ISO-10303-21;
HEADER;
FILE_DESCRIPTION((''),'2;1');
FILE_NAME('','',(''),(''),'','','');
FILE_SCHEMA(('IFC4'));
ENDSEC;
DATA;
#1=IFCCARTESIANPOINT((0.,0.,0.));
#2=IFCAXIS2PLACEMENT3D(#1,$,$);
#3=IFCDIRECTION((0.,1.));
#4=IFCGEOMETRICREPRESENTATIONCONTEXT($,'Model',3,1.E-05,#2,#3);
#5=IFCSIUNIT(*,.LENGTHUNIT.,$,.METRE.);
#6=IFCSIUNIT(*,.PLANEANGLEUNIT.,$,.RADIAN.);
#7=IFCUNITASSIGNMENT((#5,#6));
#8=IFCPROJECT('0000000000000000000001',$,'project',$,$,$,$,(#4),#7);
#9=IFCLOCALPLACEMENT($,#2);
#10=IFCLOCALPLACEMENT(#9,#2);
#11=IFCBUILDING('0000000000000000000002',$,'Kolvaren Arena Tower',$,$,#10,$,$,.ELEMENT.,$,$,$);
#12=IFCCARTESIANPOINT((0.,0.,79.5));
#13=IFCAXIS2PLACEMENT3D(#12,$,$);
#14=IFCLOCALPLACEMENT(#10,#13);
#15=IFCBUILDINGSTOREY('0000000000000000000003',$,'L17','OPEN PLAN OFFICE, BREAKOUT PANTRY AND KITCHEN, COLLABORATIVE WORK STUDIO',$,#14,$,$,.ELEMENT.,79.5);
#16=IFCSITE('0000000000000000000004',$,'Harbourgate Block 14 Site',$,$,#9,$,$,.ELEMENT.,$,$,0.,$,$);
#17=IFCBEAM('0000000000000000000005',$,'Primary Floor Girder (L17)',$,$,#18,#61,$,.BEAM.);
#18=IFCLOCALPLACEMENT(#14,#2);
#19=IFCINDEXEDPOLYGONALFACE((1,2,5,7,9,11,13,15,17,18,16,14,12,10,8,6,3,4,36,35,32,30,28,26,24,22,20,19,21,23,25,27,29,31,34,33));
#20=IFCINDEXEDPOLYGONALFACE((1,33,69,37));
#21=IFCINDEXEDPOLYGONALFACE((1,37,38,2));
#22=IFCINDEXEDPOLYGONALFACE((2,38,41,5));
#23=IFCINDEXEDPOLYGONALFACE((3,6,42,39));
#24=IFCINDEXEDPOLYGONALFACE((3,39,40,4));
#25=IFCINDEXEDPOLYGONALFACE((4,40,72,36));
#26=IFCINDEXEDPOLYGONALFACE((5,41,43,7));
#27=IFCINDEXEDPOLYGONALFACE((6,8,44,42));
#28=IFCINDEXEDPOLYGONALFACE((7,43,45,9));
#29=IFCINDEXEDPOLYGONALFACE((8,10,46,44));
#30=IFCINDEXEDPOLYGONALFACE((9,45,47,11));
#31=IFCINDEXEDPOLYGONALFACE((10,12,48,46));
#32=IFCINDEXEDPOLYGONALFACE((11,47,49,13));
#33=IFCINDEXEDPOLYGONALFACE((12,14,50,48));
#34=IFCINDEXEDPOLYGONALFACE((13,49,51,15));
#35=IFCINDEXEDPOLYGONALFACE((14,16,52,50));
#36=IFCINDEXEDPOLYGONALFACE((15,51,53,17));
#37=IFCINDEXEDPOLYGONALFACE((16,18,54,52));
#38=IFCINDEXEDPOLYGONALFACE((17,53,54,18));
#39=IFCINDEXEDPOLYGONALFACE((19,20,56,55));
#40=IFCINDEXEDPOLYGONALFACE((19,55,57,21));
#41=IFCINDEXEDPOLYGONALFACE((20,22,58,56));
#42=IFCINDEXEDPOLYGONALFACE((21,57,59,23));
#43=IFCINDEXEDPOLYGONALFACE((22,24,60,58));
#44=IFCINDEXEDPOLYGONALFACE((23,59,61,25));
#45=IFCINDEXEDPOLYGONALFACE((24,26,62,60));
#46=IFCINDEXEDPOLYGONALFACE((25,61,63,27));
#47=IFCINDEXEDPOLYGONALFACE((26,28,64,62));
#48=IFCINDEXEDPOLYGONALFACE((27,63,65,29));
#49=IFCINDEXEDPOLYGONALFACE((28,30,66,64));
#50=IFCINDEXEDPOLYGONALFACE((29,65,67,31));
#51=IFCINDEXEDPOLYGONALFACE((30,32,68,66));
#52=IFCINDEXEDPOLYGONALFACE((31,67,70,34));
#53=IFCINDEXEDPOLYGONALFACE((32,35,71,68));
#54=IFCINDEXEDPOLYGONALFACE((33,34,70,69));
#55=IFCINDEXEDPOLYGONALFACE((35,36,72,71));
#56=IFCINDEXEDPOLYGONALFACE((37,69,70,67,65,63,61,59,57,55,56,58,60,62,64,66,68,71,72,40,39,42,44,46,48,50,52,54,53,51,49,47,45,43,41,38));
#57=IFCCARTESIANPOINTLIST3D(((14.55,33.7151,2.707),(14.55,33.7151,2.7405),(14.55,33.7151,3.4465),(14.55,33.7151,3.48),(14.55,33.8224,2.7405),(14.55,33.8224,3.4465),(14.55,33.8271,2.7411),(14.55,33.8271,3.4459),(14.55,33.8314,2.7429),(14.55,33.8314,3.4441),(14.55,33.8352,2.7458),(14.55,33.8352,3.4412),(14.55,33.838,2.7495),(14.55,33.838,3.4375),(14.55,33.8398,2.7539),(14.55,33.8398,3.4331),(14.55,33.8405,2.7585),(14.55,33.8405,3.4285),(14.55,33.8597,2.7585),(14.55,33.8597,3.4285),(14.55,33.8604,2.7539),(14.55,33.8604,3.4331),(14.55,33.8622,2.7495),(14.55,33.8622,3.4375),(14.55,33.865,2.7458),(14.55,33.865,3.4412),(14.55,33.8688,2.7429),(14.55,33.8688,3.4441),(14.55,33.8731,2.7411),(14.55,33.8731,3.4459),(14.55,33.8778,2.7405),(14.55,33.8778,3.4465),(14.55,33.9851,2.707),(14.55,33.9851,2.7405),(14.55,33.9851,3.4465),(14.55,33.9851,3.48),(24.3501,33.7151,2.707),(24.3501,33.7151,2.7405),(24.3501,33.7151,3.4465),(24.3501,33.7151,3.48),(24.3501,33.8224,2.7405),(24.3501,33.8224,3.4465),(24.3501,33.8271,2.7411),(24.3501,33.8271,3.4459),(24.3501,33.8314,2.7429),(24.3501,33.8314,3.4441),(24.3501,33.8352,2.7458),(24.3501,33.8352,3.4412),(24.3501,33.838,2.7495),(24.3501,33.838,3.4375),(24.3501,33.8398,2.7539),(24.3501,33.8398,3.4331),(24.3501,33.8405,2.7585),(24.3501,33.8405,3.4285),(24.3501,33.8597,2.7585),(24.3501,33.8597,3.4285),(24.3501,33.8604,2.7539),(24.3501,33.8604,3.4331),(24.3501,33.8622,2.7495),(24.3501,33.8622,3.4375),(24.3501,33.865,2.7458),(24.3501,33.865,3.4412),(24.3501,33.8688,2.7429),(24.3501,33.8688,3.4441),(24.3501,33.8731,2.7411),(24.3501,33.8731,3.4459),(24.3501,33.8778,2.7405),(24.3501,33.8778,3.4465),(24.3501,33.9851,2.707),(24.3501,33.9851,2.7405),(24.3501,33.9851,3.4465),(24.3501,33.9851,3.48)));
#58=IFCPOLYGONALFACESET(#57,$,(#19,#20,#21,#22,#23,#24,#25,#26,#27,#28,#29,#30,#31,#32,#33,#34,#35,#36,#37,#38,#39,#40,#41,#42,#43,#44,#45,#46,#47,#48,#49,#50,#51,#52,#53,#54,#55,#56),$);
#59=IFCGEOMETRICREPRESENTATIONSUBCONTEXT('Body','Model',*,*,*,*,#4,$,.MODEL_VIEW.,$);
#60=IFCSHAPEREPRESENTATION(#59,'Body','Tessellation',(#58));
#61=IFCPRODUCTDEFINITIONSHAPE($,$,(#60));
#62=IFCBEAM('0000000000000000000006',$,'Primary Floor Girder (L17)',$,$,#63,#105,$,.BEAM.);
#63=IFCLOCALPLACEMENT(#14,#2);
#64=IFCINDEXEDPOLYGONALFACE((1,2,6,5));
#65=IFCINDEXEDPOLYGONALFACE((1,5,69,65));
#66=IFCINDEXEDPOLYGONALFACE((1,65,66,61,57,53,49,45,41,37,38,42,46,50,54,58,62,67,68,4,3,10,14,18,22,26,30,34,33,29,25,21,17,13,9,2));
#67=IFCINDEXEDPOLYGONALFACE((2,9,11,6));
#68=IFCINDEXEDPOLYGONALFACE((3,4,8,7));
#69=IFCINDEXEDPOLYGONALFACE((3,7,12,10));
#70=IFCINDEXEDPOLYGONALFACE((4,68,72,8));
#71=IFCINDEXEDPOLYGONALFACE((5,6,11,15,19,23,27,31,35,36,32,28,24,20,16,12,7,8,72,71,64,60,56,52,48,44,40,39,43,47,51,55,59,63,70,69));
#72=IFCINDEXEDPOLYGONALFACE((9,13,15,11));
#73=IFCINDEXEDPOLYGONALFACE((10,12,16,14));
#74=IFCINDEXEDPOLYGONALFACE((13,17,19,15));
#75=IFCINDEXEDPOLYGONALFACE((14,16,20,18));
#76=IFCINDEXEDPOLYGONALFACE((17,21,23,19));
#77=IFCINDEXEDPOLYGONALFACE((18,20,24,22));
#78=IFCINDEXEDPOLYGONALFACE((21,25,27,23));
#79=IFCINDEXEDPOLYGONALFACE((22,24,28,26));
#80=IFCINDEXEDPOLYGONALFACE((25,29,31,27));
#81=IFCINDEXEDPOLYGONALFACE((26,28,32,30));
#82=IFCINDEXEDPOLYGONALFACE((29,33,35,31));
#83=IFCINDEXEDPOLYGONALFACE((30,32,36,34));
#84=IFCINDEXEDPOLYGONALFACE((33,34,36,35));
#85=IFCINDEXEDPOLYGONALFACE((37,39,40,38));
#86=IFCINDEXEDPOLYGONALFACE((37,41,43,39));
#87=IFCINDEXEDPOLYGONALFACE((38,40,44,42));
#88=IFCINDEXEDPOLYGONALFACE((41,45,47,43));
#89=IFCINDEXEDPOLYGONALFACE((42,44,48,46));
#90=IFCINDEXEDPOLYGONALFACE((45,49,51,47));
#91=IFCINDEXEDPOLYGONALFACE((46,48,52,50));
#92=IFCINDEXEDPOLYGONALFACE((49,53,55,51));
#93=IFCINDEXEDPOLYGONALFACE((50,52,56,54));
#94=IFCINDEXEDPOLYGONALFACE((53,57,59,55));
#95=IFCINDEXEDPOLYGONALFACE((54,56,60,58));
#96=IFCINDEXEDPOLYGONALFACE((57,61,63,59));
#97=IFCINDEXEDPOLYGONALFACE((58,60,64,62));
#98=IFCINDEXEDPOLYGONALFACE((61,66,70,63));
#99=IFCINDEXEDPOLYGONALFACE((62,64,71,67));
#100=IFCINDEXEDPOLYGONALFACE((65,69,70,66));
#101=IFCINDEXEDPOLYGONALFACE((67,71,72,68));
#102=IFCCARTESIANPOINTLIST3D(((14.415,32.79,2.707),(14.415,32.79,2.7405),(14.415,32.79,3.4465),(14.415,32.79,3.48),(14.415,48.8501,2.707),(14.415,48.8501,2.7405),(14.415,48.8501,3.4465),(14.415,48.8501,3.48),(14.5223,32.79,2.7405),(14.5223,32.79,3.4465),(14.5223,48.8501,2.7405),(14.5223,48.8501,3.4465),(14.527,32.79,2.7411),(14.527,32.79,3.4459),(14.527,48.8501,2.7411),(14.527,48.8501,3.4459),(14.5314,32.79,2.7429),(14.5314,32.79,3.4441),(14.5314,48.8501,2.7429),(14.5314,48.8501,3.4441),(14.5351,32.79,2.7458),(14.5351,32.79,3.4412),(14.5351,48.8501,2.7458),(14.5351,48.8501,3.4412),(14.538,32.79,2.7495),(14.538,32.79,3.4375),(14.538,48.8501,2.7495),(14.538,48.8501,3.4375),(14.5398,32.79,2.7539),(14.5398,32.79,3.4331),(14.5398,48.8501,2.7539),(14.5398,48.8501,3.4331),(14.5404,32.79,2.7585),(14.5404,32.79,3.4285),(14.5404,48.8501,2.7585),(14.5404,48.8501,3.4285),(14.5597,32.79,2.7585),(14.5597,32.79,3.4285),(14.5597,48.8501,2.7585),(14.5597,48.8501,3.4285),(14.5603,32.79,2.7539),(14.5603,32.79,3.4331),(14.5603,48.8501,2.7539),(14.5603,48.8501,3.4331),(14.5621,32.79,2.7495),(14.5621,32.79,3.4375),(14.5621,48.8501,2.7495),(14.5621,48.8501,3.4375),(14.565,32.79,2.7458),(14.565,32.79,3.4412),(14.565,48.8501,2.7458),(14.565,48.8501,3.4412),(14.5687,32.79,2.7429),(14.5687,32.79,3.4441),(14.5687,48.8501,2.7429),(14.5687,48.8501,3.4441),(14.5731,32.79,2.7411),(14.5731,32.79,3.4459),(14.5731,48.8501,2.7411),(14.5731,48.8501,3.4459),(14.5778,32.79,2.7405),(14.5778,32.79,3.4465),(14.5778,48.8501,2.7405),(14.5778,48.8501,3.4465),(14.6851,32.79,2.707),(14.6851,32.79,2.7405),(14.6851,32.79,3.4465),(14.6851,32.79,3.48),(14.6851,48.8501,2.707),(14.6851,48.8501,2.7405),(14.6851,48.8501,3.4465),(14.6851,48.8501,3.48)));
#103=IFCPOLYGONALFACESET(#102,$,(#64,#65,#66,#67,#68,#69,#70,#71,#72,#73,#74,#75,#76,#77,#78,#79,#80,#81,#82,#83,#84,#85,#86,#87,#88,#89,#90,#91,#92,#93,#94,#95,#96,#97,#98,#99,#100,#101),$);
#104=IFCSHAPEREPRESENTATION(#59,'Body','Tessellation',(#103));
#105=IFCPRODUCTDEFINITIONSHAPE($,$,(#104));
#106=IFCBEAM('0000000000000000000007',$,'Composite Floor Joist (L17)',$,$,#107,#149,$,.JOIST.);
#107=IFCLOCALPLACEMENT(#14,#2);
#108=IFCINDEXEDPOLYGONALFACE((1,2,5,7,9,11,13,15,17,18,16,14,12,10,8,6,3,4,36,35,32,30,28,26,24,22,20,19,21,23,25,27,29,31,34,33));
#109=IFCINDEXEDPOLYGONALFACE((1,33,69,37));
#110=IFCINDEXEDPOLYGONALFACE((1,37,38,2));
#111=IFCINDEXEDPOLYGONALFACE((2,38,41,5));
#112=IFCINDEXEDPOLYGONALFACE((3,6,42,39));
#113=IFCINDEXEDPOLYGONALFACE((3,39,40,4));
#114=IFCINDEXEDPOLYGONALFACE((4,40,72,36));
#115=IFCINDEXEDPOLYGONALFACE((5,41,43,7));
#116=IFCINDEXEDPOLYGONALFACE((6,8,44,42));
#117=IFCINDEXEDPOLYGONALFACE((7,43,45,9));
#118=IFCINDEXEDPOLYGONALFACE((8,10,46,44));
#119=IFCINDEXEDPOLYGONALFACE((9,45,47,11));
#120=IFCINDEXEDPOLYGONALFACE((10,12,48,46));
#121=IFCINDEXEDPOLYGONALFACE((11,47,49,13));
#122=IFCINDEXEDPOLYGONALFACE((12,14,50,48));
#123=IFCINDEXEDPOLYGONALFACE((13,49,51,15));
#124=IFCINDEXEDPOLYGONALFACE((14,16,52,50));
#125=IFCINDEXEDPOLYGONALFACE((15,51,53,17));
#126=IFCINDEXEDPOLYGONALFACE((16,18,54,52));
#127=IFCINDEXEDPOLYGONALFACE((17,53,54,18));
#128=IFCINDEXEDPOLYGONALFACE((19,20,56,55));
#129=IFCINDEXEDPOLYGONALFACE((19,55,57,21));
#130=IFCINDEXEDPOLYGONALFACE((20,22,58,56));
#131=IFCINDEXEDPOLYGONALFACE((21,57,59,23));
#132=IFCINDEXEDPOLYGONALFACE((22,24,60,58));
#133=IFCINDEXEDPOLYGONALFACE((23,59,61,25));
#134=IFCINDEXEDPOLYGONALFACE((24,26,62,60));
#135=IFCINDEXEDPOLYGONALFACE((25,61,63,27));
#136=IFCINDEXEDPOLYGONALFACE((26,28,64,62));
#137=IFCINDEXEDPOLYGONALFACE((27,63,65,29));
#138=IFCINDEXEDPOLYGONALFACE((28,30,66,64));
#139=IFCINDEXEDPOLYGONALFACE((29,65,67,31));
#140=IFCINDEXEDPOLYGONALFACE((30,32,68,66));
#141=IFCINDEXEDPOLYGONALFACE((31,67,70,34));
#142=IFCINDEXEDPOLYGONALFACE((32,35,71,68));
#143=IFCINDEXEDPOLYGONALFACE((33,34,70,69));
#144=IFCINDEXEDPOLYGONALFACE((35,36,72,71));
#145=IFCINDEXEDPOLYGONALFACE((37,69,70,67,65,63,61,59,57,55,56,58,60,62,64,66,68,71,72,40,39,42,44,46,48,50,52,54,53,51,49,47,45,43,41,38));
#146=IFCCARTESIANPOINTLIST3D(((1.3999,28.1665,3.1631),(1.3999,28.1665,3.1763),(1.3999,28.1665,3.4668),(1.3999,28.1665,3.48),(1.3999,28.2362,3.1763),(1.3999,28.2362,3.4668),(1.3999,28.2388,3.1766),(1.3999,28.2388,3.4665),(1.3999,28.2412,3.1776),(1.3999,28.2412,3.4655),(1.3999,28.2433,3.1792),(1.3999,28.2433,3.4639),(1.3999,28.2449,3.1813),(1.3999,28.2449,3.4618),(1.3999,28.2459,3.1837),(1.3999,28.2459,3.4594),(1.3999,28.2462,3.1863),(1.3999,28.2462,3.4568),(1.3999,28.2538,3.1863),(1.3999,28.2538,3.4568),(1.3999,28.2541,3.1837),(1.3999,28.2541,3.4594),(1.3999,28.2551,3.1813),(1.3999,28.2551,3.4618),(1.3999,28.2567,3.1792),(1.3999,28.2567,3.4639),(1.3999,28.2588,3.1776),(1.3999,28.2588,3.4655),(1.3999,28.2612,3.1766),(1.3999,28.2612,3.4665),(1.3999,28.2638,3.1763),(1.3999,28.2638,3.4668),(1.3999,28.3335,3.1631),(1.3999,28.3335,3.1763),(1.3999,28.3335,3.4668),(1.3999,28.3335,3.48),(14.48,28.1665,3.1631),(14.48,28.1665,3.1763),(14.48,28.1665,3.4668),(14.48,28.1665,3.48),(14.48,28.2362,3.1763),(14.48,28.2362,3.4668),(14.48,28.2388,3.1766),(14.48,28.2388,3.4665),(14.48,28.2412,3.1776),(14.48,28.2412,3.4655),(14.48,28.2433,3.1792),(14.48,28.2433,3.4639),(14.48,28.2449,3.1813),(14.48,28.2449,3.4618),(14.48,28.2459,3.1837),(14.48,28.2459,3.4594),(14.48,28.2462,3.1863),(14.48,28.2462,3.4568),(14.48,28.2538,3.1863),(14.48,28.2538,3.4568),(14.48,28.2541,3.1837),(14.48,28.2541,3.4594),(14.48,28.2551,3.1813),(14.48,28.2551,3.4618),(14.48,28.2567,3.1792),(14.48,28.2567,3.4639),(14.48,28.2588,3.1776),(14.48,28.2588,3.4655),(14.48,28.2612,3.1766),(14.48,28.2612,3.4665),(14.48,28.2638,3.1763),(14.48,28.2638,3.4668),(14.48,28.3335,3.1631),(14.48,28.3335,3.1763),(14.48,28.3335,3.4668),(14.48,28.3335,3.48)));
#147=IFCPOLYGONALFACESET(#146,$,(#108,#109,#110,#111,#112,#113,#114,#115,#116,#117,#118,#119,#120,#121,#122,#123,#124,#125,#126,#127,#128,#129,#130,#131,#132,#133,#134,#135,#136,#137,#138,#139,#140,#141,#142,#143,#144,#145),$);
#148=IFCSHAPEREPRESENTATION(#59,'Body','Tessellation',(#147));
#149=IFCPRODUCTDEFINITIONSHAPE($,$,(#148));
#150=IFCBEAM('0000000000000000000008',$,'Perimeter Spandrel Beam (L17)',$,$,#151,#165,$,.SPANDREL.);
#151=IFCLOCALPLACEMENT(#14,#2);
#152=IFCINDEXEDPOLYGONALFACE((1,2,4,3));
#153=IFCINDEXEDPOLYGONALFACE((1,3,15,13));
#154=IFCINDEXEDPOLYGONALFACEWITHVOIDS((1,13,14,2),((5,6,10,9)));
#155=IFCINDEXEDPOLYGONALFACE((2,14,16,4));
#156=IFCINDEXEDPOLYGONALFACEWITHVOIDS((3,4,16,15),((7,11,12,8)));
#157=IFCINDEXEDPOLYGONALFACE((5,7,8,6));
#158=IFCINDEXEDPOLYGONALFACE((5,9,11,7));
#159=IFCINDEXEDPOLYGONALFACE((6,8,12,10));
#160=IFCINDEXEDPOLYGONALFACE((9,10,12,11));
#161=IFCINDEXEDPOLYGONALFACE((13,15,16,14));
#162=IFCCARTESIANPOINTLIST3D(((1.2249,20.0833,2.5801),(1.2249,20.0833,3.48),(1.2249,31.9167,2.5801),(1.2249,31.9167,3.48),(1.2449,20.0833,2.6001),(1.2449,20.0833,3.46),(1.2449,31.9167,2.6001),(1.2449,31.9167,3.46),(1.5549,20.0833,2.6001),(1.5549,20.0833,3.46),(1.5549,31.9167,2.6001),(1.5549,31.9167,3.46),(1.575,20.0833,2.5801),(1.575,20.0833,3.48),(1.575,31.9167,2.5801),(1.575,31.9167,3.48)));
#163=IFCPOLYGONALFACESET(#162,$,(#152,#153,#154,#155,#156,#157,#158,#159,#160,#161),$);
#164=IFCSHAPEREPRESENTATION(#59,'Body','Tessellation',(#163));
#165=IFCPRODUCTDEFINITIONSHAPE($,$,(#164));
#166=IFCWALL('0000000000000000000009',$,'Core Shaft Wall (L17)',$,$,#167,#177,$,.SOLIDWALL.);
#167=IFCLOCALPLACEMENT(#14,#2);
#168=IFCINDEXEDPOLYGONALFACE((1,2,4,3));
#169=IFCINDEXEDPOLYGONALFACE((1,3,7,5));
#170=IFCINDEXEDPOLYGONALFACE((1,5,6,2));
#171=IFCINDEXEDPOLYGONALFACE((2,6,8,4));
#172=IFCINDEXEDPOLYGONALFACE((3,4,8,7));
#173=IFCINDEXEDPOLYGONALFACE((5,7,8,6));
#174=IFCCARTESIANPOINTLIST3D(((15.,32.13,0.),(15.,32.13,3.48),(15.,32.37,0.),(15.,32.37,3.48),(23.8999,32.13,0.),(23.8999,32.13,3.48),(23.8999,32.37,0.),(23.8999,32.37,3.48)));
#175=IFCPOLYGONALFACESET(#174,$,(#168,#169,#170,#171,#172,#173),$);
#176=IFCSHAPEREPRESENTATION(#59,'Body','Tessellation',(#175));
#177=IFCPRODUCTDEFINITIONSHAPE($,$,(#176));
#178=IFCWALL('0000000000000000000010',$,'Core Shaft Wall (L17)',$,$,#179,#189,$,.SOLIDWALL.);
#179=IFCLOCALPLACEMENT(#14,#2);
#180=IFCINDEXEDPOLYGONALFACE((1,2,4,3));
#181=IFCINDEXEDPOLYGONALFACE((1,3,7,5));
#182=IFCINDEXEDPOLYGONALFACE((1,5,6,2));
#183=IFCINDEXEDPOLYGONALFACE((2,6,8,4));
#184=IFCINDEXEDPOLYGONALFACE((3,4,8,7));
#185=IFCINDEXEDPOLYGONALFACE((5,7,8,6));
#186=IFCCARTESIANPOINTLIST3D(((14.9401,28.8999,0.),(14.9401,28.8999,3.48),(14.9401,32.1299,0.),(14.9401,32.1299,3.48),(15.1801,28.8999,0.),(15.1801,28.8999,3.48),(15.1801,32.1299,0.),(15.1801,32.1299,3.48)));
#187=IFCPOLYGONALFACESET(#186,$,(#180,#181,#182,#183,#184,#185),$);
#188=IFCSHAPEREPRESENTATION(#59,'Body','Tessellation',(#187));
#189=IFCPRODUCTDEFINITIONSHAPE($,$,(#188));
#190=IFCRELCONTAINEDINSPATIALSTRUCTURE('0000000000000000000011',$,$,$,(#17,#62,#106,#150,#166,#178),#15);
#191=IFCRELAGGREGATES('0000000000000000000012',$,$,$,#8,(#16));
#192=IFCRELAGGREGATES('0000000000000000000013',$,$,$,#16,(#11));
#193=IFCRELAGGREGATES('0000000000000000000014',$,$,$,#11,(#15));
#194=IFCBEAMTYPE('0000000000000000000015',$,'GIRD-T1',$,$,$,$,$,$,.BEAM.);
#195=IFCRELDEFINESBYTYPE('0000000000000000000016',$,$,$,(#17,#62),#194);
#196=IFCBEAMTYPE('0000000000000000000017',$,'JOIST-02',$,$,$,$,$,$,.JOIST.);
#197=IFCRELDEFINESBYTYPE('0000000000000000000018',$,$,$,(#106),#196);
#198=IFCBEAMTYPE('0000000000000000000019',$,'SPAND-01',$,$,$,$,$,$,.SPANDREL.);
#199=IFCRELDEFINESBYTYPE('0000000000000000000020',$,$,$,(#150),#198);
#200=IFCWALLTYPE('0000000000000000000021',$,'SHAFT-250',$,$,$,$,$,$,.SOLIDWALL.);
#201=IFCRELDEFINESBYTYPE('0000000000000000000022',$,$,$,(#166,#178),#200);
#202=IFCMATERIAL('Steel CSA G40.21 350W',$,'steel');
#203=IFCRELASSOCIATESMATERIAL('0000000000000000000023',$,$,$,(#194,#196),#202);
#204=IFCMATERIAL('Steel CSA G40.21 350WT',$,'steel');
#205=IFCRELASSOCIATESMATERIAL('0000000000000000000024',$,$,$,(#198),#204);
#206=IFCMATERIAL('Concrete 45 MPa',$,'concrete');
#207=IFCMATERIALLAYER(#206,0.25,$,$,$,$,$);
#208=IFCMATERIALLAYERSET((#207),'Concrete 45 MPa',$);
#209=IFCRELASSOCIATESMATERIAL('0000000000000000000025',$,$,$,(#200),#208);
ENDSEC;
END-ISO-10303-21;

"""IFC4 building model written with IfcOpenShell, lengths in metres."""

from ifc_helpers import new_model, si_unit, direction, frame, frame_2d, origin, origin_2d, place, context, subcontext, project, spatial, rectangle, hollow_rectangle, i_section, extrude, material, layer, layer_set, material_profile, profile_set, type_object, element, save


model = new_model("IFC4")

# Units and contexts
model_context = context("Model", 3, precision=1e-05, world=origin(), true_north=direction((0.0, 1.0)))
body_context = subcontext(model_context, "Body", "Model", "MODEL_VIEW")
ifc_project = project(units=[si_unit("LENGTHUNIT", "METRE"), si_unit("PLANEANGLEUNIT", "RADIAN")], contexts=[model_context])

# Site, building, storey
site_placement = place(None, origin())
site = spatial("IfcSite", under=ifc_project, at=site_placement, Name="Harbourgate Block 14 Site", CompositionType="ELEMENT", RefElevation=0.0)
building_placement = place(site_placement, origin())
building = spatial("IfcBuilding", under=site, at=building_placement, Name="Kolvaren Arena Tower", CompositionType="ELEMENT")
storey_placement = place(building_placement, frame((0.0, 0.0, 79.5)))
storey = spatial("IfcBuildingStorey", under=building, at=storey_placement, Name="L17", Description="OPEN PLAN OFFICE, BREAKOUT PANTRY AND KITCHEN, COLLABORATIVE WORK STUDIO", CompositionType="ELEMENT", Elevation=79.5)

# Beams
ifc_material_1 = material(Name="Steel CSA G40.21 350W", Category="steel")
ifc_material_profile_1 = material_profile(ifc_material_1, i_section(OverallWidth=0.27, OverallDepth=0.7729, WebThickness=0.0193, FlangeThickness=0.0334, FilletRadius=0.0181, at=origin_2d()), Name="W760x257")
ifc_profile_set_1 = profile_set([ifc_material_profile_1], Name="Steel CSA G40.21 350W")
beam_type_1 = type_object("IfcBeamType", Name="GIRD-T1", PredefinedType="BEAM", material=ifc_profile_set_1)
beam_1_placement = place(storey_placement, frame((14.55, 33.8501, 3.0935), z_axis=(1.0, 0.0, 0.0), x_axis=(0.0, 1.0, 0.0)))
element("IfcBeam", 1, at=beam_1_placement, inside=storey, type_object=beam_type_1, Name="Primary Floor Girder (L17)", PredefinedType="BEAM", context=body_context, shape_type="SweptSolid", body=[
    extrude(i_section(OverallWidth=0.27, OverallDepth=0.7729, WebThickness=0.0193, FlangeThickness=0.0334, FilletRadius=0.0181, at=origin_2d()), origin(), (0.0, 0.0, 1.0), 9.8),
])
beam_2_placement = place(storey_placement, frame((14.55, 32.79, 3.0935), z_axis=(0.0, 1.0, 0.0), x_axis=(-1.0, 0.0, 0.0)))
element("IfcBeam", 2, at=beam_2_placement, inside=storey, type_object=beam_type_1, Name="Primary Floor Girder (L17)", PredefinedType="BEAM", context=body_context, shape_type="SweptSolid", body=[
    extrude(i_section(OverallWidth=0.27, OverallDepth=0.7729, WebThickness=0.0193, FlangeThickness=0.0334, FilletRadius=0.0181, at=origin_2d()), origin(), (0.0, 0.0, 1.0), 16.0601),
])
ifc_material_profile_2 = material_profile(ifc_material_1, i_section(OverallWidth=0.167, OverallDepth=0.3169, WebThickness=0.0076, FlangeThickness=0.0132, FilletRadius=0.01, at=origin_2d()), Name="W310x52")
ifc_profile_set_2 = profile_set([ifc_material_profile_2], Name="Steel CSA G40.21 350W")
beam_type_2 = type_object("IfcBeamType", Name="JOIST-02", PredefinedType="JOIST", material=ifc_profile_set_2)
beam_3_placement = place(storey_placement, frame((1.3999, 28.25, 3.3215), z_axis=(1.0, 0.0, 0.0), x_axis=(0.0, 1.0, 0.0)))
element("IfcBeam", 3, at=beam_3_placement, inside=storey, type_object=beam_type_2, Name="Composite Floor Joist (L17)", PredefinedType="JOIST", context=body_context, shape_type="SweptSolid", body=[
    extrude(i_section(OverallWidth=0.167, OverallDepth=0.3169, WebThickness=0.0076, FlangeThickness=0.0132, FilletRadius=0.01, at=origin_2d()), origin(), (0.0, 0.0, 1.0), 13.0801),
])
ifc_material_2 = material(Name="Steel CSA G40.21 350WT", Category="steel")
ifc_material_profile_3 = material_profile(ifc_material_2, hollow_rectangle(XDim=0.3501, YDim=0.8999, WallThickness=0.02, at=origin_2d()), Name="HSS 900x350x20")
ifc_profile_set_3 = profile_set([ifc_material_profile_3], Name="Steel CSA G40.21 350WT")
beam_type_3 = type_object("IfcBeamType", Name="SPAND-01", PredefinedType="SPANDREL", material=ifc_profile_set_3)
beam_4_placement = place(storey_placement, frame((1.3999, 31.9167, 3.03), z_axis=(0.0, -1.0, 0.0), x_axis=(1.0, 0.0, 0.0)))
element("IfcBeam", 4, at=beam_4_placement, inside=storey, type_object=beam_type_3, Name="Perimeter Spandrel Beam (L17)", PredefinedType="SPANDREL", context=body_context, shape_type="SweptSolid", body=[
    extrude(hollow_rectangle(XDim=0.3501, YDim=0.8999, WallThickness=0.02, at=origin_2d()), origin(), (0.0, 0.0, 1.0), 11.8335),
])

# Walls
ifc_material_3 = material(Name="Concrete 45 MPa", Category="concrete")
ifc_layer = layer(ifc_material_3, 0.25)
ifc_layer_set = layer_set([ifc_layer], Name="Concrete 45 MPa")
wall_type = type_object("IfcWallType", Name="SHAFT-250", PredefinedType="SOLIDWALL", material=ifc_layer_set)
wall_1_placement = place(storey_placement, frame((15.0, 32.25, 0.0), z_axis=(0.0, 0.0, 1.0), x_axis=(1.0, 0.0, 0.0)))
element("IfcWall", 5, at=wall_1_placement, inside=storey, type_object=wall_type, Name="Core Shaft Wall (L17)", PredefinedType="SOLIDWALL", context=body_context, shape_type="SweptSolid", body=[
    extrude(rectangle(XDim=8.8999, YDim=0.24, at=frame_2d((4.45, 0.0))), origin(), (0.0, 0.0, 1.0), 3.48),
])
wall_2_placement = place(storey_placement, frame((15.0601, 28.8999, 0.0), z_axis=(0.0, 0.0, 1.0), x_axis=(0.0, 1.0, 0.0)))
element("IfcWall", 6, at=wall_2_placement, inside=storey, type_object=wall_type, Name="Core Shaft Wall (L17)", PredefinedType="SOLIDWALL", context=body_context, shape_type="SweptSolid", body=[
    extrude(rectangle(XDim=3.23, YDim=0.24, at=frame_2d((1.615, 0.0))), origin(), (0.0, 0.0, 1.0), 3.48),
])

save(model, "model.ifc")
